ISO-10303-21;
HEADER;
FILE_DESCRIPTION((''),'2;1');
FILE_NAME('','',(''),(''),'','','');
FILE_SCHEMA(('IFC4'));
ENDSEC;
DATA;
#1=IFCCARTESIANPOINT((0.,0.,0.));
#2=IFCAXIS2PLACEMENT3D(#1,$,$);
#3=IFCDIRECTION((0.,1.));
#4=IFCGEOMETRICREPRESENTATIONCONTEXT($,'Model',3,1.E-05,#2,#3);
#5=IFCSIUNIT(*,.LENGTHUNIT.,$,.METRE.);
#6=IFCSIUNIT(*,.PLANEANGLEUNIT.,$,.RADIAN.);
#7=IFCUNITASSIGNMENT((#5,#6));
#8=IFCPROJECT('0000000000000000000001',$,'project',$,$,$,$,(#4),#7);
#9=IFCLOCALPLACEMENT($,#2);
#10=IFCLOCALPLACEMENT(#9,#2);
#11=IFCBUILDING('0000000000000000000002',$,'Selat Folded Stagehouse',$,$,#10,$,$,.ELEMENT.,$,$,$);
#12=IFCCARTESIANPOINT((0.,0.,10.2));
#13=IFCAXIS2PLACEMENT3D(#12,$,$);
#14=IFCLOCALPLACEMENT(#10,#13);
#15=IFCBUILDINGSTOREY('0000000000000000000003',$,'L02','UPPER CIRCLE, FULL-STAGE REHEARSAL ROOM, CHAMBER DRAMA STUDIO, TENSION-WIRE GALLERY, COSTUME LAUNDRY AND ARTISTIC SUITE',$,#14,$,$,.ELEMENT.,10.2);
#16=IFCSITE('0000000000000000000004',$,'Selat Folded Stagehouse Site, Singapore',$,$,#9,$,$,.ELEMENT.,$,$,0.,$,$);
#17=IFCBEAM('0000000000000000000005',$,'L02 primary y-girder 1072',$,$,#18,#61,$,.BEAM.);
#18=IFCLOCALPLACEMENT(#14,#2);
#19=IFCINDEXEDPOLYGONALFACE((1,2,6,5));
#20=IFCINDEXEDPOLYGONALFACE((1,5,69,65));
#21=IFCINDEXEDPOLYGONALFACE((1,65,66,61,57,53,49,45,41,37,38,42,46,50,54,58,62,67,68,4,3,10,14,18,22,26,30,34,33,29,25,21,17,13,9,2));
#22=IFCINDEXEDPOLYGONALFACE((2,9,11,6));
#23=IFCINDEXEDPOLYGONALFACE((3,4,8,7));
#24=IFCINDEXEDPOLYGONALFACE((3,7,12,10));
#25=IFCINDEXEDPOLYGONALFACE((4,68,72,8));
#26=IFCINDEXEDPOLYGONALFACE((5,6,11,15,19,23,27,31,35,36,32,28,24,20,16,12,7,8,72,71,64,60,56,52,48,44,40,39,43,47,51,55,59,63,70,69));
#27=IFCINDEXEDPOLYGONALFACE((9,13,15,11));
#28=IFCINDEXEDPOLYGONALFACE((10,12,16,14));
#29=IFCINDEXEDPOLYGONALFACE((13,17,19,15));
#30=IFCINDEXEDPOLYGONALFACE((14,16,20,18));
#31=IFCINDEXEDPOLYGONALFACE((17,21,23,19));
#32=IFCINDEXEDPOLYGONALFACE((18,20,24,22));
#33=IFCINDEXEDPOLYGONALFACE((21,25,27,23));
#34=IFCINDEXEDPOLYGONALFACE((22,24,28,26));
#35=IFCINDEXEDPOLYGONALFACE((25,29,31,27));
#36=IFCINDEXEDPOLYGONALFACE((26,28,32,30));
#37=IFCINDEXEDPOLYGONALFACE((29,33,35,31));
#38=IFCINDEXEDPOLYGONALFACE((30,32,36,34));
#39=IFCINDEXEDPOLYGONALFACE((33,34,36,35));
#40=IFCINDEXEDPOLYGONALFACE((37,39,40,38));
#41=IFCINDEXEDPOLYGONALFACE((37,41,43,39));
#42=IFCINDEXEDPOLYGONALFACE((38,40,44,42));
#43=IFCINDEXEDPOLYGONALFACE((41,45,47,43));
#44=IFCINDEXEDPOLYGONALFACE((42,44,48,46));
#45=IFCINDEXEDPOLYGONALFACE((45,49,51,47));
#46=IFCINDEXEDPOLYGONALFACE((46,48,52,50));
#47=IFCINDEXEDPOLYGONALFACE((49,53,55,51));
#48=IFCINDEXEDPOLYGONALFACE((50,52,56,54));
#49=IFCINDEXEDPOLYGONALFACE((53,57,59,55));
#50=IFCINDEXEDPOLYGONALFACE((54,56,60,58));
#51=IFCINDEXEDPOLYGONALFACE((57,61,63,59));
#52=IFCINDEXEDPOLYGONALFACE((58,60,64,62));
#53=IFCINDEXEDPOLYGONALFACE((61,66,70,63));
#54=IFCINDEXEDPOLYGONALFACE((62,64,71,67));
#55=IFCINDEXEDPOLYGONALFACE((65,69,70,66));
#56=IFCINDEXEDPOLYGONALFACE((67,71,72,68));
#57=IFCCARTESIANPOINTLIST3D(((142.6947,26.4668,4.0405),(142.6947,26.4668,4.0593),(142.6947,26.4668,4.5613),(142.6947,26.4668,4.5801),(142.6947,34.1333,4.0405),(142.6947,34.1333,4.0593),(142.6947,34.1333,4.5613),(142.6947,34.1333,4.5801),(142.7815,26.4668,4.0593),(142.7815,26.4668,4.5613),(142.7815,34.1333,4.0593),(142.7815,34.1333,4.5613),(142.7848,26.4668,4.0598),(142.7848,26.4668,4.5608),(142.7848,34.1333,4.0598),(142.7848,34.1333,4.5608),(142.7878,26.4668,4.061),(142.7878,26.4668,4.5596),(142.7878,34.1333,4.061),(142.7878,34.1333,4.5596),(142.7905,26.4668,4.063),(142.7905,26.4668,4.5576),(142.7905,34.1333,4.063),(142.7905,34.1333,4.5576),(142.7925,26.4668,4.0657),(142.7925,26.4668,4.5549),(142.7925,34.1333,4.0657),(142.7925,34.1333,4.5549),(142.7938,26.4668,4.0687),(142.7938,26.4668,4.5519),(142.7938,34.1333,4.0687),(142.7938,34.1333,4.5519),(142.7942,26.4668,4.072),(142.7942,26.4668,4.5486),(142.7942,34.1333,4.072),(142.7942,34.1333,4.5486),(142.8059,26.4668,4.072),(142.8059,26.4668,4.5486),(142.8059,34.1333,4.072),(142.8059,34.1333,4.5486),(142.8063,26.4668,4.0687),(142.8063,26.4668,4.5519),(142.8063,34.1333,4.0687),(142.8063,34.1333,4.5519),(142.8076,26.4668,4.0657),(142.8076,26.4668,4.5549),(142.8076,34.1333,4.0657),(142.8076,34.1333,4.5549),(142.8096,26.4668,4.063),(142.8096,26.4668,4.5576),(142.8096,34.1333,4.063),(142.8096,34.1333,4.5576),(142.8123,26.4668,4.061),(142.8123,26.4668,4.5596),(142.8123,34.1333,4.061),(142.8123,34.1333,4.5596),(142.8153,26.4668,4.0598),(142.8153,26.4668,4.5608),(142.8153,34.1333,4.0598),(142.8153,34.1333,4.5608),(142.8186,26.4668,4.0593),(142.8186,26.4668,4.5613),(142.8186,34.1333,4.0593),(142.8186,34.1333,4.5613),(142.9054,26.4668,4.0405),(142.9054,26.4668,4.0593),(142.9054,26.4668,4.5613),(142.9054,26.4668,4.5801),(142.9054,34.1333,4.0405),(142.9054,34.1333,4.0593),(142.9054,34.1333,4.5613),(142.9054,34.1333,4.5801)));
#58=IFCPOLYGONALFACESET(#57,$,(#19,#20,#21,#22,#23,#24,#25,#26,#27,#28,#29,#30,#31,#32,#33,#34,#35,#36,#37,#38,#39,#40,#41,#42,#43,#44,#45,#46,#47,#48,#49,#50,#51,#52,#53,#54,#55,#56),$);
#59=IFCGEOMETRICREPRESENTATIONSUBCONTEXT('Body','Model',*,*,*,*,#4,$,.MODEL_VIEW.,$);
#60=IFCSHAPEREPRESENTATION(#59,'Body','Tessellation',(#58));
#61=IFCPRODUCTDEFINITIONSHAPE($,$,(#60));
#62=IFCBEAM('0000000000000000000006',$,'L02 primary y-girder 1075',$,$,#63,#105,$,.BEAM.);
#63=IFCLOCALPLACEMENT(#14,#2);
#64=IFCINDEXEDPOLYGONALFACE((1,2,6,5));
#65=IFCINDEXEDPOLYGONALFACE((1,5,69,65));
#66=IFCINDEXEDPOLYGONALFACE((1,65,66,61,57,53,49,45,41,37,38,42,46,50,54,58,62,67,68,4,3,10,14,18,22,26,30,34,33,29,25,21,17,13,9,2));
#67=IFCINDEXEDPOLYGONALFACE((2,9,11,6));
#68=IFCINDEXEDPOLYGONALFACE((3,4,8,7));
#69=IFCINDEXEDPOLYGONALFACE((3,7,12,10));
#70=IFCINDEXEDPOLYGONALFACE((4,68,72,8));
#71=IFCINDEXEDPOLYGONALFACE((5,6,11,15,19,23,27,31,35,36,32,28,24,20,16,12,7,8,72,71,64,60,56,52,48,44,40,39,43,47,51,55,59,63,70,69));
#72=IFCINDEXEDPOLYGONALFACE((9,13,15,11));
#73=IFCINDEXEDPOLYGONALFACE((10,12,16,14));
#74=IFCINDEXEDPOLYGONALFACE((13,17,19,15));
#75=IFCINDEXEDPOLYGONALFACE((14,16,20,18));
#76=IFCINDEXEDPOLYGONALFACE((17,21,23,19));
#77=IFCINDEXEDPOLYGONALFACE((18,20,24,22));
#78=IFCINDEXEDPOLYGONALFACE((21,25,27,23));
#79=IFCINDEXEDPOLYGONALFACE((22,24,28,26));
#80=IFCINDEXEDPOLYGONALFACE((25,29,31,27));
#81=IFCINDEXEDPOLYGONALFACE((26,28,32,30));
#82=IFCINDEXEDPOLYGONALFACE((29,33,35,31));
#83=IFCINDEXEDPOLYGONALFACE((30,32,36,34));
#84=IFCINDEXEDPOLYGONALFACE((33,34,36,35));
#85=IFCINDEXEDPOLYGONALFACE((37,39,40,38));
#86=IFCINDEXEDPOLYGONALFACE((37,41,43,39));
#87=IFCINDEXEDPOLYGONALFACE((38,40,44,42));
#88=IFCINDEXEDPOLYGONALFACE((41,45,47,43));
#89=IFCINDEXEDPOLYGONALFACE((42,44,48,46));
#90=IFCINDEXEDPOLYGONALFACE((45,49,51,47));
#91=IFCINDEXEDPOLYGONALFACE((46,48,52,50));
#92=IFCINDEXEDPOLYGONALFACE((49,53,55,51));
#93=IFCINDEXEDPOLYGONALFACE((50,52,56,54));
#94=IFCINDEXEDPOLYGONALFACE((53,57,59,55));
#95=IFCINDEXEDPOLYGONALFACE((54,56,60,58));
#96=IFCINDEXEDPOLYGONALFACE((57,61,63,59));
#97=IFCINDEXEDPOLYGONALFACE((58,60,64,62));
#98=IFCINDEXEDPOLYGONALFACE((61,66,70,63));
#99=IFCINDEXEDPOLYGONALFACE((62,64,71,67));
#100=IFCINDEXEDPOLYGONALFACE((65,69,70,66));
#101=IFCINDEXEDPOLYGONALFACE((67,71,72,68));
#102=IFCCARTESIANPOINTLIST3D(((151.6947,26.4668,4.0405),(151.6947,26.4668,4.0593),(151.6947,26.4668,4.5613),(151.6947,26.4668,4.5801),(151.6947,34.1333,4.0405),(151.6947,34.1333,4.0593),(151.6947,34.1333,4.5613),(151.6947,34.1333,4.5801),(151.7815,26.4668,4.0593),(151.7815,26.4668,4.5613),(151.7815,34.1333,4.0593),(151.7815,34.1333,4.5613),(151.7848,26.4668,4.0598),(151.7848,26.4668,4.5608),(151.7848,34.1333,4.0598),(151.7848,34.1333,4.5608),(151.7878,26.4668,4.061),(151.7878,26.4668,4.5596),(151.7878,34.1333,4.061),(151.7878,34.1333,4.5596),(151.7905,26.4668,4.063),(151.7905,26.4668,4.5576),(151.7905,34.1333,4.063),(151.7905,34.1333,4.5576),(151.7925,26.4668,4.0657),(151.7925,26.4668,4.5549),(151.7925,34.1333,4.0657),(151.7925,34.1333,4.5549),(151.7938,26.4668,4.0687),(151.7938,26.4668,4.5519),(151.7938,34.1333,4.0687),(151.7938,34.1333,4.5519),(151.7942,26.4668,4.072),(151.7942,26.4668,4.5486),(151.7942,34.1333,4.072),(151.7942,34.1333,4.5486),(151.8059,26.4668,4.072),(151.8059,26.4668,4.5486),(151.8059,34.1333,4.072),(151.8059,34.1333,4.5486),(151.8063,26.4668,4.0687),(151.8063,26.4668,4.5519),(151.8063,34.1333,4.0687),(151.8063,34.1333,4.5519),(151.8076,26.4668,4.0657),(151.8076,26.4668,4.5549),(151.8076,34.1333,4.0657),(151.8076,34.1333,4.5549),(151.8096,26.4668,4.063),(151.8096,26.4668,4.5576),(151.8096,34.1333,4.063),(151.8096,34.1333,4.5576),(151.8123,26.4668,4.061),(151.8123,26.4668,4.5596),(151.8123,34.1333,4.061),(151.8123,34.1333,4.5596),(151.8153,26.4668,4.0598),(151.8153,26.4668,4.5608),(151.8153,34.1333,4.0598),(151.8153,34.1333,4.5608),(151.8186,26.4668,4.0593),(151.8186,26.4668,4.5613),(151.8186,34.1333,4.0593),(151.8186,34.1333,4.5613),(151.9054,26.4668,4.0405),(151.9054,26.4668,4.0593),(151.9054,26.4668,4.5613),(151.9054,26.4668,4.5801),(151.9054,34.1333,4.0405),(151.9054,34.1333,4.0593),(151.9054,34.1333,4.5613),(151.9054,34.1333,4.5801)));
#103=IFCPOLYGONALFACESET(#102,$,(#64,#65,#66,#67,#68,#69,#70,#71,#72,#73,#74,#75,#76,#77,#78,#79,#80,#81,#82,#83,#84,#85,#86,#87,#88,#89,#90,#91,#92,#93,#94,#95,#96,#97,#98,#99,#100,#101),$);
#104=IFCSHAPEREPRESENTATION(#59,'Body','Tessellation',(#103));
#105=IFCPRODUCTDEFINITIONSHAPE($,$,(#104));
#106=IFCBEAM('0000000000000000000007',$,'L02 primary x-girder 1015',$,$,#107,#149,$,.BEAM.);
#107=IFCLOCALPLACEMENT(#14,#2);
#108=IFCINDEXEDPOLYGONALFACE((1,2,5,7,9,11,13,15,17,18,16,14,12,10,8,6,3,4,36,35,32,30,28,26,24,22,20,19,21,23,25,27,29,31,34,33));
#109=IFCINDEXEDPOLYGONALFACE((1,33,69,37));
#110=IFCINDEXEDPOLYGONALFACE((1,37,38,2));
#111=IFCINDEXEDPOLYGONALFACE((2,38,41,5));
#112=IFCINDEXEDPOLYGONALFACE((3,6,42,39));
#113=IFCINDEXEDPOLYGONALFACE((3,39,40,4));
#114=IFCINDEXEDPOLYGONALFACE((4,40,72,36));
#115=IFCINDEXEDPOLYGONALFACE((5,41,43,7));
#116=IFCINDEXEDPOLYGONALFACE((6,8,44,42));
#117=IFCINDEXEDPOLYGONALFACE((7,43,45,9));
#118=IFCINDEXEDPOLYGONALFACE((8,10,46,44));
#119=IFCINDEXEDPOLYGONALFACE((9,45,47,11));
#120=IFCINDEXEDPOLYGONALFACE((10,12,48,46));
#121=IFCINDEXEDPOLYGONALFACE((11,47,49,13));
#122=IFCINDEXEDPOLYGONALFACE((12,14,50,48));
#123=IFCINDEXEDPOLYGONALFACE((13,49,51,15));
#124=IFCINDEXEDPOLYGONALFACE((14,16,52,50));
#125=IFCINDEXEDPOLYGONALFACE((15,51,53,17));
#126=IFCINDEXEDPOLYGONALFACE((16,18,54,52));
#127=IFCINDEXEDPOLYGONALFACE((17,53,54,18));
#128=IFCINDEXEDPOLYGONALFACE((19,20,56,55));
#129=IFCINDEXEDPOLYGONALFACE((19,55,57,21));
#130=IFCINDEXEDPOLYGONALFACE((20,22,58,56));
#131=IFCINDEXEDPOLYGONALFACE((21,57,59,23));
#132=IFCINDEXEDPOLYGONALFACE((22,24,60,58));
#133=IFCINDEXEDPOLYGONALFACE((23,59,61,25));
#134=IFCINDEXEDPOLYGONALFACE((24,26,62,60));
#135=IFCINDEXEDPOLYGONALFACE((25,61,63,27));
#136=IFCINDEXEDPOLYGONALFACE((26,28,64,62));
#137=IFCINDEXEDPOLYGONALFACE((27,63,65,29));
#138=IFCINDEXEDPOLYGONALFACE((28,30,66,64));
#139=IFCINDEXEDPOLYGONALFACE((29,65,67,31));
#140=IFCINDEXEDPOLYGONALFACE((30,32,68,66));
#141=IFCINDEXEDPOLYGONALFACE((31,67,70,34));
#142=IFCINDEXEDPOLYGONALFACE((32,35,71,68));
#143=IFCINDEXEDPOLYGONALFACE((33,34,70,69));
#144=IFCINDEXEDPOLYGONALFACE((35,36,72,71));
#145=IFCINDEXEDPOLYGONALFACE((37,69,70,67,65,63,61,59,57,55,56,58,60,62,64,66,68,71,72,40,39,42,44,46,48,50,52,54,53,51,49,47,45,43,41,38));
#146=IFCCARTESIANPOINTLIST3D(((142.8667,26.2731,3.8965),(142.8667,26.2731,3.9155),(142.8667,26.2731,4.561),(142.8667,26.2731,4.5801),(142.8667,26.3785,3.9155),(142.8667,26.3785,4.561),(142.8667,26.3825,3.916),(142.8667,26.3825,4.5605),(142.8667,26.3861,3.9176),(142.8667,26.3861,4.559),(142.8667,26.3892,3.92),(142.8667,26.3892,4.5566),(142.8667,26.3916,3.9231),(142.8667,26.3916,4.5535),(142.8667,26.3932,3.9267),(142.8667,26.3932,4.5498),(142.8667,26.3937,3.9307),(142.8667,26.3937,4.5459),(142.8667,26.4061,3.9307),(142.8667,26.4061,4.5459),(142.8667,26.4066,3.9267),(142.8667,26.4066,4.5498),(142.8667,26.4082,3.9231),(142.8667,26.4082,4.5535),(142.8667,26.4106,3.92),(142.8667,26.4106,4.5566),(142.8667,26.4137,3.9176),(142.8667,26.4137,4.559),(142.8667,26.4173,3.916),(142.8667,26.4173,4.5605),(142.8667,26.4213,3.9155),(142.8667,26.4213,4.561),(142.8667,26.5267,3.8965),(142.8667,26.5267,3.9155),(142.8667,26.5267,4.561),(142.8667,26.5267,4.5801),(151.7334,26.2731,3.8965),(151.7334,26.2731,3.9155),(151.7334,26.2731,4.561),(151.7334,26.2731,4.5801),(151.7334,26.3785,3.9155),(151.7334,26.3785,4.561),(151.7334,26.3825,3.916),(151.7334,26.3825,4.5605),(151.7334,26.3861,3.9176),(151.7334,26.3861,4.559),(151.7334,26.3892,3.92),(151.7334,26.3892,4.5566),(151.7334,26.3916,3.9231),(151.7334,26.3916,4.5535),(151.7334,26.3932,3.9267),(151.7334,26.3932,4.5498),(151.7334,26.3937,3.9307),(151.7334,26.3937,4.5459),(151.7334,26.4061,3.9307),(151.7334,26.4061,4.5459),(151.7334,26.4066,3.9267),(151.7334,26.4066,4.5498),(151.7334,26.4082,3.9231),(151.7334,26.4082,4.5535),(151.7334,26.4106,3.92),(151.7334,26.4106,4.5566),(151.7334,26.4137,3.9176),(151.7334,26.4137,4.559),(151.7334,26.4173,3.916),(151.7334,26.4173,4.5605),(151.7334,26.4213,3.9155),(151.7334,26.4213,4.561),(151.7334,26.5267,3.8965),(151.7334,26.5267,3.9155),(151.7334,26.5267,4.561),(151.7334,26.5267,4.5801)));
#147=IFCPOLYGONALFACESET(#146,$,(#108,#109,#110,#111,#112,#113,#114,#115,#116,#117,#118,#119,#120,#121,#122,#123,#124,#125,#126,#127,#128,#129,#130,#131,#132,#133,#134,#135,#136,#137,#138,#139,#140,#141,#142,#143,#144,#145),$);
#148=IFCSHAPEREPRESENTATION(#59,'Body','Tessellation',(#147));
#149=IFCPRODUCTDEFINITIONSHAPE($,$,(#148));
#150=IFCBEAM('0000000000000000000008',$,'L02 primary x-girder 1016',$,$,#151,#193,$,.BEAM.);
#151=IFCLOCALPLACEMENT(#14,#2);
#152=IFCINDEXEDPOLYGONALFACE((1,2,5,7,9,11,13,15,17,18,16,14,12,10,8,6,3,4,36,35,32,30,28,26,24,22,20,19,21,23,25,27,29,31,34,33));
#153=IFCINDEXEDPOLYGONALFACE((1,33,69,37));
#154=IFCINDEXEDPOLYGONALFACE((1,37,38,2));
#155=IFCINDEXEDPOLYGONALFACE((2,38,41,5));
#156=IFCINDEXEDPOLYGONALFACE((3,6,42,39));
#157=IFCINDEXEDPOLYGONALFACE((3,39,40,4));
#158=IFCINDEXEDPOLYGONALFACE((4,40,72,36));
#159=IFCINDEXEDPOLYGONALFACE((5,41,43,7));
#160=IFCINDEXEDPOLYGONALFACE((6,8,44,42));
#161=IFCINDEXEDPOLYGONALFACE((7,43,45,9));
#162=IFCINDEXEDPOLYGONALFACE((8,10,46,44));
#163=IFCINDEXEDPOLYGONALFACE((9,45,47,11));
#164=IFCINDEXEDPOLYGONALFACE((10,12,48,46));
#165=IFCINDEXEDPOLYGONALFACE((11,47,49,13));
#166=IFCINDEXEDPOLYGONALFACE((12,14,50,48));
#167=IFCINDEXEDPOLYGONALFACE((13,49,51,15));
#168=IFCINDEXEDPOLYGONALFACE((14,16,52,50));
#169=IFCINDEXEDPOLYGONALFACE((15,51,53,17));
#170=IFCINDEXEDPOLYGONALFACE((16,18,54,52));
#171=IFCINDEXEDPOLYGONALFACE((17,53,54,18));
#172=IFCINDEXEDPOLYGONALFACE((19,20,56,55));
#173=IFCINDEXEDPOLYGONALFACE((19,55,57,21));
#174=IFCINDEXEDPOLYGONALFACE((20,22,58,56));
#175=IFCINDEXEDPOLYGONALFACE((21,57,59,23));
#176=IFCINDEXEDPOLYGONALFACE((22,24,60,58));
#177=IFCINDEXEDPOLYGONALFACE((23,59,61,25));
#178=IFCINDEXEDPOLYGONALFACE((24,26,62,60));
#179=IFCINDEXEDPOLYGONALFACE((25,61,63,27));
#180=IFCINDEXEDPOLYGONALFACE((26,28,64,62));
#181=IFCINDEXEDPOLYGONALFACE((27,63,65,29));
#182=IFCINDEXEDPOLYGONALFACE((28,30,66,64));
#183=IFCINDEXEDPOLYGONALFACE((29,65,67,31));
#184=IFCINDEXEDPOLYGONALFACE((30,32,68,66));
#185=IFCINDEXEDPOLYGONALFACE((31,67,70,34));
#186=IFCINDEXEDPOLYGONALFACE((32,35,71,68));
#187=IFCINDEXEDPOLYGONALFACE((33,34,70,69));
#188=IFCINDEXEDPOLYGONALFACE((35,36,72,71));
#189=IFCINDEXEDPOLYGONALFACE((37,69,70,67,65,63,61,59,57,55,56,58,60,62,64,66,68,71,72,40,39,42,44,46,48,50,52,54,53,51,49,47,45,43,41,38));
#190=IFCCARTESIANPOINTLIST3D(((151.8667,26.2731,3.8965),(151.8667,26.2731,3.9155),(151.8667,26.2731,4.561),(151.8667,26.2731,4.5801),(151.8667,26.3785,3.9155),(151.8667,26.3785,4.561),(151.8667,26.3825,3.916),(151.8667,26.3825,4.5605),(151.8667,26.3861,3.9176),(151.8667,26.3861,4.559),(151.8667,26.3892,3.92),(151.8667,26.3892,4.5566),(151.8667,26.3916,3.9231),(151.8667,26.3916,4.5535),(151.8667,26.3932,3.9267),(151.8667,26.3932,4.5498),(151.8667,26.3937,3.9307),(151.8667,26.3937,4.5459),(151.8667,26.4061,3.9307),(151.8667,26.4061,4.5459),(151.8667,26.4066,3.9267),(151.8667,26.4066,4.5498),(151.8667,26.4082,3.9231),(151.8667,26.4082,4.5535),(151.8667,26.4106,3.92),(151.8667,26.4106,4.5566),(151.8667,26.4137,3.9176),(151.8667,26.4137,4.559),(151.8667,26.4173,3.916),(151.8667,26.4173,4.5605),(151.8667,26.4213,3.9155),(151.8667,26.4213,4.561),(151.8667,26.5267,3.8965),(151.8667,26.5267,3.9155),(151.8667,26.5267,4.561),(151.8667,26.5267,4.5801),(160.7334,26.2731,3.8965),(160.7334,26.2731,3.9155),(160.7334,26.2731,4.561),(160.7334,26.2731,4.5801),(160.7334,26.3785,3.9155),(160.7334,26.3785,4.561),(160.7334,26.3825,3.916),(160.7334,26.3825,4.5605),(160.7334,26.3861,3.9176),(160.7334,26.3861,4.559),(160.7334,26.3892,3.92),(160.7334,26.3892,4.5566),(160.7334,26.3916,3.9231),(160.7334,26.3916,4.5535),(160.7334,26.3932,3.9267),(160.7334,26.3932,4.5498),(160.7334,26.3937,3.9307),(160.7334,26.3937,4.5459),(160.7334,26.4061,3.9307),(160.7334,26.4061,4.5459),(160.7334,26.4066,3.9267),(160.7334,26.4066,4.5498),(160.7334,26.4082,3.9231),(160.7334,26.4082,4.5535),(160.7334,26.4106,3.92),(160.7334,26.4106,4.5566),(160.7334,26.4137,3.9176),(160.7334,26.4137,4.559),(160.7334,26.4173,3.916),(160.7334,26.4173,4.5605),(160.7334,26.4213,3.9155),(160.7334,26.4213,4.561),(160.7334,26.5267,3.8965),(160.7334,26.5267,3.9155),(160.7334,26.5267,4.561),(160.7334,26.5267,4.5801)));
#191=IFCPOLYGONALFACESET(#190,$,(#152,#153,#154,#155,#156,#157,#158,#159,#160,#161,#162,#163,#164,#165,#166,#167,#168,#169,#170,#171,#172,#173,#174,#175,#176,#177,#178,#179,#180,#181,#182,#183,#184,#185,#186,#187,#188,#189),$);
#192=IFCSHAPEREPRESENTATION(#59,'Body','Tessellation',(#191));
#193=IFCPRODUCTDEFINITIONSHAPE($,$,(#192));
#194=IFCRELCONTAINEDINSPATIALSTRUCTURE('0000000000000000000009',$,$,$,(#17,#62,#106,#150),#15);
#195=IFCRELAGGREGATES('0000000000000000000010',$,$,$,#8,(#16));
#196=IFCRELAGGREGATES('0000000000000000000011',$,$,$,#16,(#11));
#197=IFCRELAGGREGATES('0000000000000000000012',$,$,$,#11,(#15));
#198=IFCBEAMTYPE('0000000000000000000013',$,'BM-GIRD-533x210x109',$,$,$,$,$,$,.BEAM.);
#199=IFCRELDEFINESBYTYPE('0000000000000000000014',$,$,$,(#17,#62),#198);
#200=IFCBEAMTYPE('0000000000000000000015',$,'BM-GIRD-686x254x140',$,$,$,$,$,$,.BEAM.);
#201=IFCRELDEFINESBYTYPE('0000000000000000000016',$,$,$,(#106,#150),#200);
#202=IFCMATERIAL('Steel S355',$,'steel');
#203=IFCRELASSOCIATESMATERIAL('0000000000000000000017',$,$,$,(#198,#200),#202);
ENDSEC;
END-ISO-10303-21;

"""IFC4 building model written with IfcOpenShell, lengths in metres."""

from ifc_helpers import new_model, si_unit, direction, frame, origin, origin_2d, place, context, subcontext, project, spatial, i_section, extrude, material, material_profile, profile_set, type_object, element, save


model = new_model("IFC4")

# Units and contexts
model_context = context("Model", 3, precision=1e-05, world=origin(), true_north=direction((0.0, 1.0)))
body_context = subcontext(model_context, "Body", "Model", "MODEL_VIEW")
ifc_project = project(units=[si_unit("LENGTHUNIT", "METRE"), si_unit("PLANEANGLEUNIT", "RADIAN")], contexts=[model_context])

# Site, building, storey
site_placement = place(None, origin())
site = spatial("IfcSite", under=ifc_project, at=site_placement, Name="Selat Folded Stagehouse Site, Singapore", CompositionType="ELEMENT", RefElevation=0.0)
building_placement = place(site_placement, origin())
building = spatial("IfcBuilding", under=site, at=building_placement, Name="Selat Folded Stagehouse", CompositionType="ELEMENT")
storey_placement = place(building_placement, frame((0.0, 0.0, 10.2)))
storey = spatial("IfcBuildingStorey", under=building, at=storey_placement, Name="L02", Description="UPPER CIRCLE, FULL-STAGE REHEARSAL ROOM, CHAMBER DRAMA STUDIO, TENSION-WIRE GALLERY, COSTUME LAUNDRY AND ARTISTIC SUITE", CompositionType="ELEMENT", Elevation=10.2)

# Shared definitions
ifc_material_1 = material(Name="Steel S355", Category="steel")

# Beams
ifc_material_profile_1 = material_profile(ifc_material_1, i_section(OverallWidth=0.2107, OverallDepth=0.5396, WebThickness=0.0117, FlangeThickness=0.0188, FilletRadius=0.0127, at=origin_2d()), Name="UKB 533x210x109")
ifc_profile_set_1 = profile_set([ifc_material_profile_1], Name="Steel S355")
beam_type_1 = type_object("IfcBeamType", Name="BM-GIRD-533x210x109", PredefinedType="BEAM", material=ifc_profile_set_1)
for number, where, z_axis, x_axis, name in (
    (1, (142.8, 26.4668, 4.3103), (0.0, 1.0, 0.0), (-1.0, 0.0, 0.0), "L02 primary y-girder 1072"),
    (2, (151.8, 26.4668, 4.3103), (0.0, 1.0, 0.0), (-1.0, 0.0, 0.0), "L02 primary y-girder 1075"),
):
    element("IfcBeam", number, at=place(storey_placement, frame(where, z_axis=z_axis, x_axis=x_axis)), inside=storey, type_object=beam_type_1, Name=name, PredefinedType="BEAM", context=body_context, shape_type="SweptSolid", body=[
        extrude(i_section(OverallWidth=0.2107, OverallDepth=0.5396, WebThickness=0.0117, FlangeThickness=0.0188, FilletRadius=0.0127, at=origin_2d()), origin(), (0.0, 0.0, 1.0), 7.6665),
    ])
ifc_material_profile_2 = material_profile(ifc_material_1, i_section(OverallWidth=0.2537, OverallDepth=0.6836, WebThickness=0.0125, FlangeThickness=0.019, FilletRadius=0.0151, at=origin_2d()), Name="UKB 686x254x140")
ifc_profile_set_2 = profile_set([ifc_material_profile_2], Name="Steel S355")
beam_type_2 = type_object("IfcBeamType", Name="BM-GIRD-686x254x140", PredefinedType="BEAM", material=ifc_profile_set_2)
for number, where, z_axis, x_axis, name in (
    (3, (142.8667, 26.3999, 4.2383), (1.0, 0.0, 0.0), (0.0, 1.0, 0.0), "L02 primary x-girder 1015"),
    (4, (151.8667, 26.3999, 4.2383), (1.0, 0.0, 0.0), (0.0, 1.0, 0.0), "L02 primary x-girder 1016"),
):
    element("IfcBeam", number, at=place(storey_placement, frame(where, z_axis=z_axis, x_axis=x_axis)), inside=storey, type_object=beam_type_2, Name=name, PredefinedType="BEAM", context=body_context, shape_type="SweptSolid", body=[
        extrude(i_section(OverallWidth=0.2537, OverallDepth=0.6836, WebThickness=0.0125, FlangeThickness=0.019, FilletRadius=0.0151, at=origin_2d()), origin(), (0.0, 0.0, 1.0), 8.8667),
    ])

save(model, "model.ifc")
